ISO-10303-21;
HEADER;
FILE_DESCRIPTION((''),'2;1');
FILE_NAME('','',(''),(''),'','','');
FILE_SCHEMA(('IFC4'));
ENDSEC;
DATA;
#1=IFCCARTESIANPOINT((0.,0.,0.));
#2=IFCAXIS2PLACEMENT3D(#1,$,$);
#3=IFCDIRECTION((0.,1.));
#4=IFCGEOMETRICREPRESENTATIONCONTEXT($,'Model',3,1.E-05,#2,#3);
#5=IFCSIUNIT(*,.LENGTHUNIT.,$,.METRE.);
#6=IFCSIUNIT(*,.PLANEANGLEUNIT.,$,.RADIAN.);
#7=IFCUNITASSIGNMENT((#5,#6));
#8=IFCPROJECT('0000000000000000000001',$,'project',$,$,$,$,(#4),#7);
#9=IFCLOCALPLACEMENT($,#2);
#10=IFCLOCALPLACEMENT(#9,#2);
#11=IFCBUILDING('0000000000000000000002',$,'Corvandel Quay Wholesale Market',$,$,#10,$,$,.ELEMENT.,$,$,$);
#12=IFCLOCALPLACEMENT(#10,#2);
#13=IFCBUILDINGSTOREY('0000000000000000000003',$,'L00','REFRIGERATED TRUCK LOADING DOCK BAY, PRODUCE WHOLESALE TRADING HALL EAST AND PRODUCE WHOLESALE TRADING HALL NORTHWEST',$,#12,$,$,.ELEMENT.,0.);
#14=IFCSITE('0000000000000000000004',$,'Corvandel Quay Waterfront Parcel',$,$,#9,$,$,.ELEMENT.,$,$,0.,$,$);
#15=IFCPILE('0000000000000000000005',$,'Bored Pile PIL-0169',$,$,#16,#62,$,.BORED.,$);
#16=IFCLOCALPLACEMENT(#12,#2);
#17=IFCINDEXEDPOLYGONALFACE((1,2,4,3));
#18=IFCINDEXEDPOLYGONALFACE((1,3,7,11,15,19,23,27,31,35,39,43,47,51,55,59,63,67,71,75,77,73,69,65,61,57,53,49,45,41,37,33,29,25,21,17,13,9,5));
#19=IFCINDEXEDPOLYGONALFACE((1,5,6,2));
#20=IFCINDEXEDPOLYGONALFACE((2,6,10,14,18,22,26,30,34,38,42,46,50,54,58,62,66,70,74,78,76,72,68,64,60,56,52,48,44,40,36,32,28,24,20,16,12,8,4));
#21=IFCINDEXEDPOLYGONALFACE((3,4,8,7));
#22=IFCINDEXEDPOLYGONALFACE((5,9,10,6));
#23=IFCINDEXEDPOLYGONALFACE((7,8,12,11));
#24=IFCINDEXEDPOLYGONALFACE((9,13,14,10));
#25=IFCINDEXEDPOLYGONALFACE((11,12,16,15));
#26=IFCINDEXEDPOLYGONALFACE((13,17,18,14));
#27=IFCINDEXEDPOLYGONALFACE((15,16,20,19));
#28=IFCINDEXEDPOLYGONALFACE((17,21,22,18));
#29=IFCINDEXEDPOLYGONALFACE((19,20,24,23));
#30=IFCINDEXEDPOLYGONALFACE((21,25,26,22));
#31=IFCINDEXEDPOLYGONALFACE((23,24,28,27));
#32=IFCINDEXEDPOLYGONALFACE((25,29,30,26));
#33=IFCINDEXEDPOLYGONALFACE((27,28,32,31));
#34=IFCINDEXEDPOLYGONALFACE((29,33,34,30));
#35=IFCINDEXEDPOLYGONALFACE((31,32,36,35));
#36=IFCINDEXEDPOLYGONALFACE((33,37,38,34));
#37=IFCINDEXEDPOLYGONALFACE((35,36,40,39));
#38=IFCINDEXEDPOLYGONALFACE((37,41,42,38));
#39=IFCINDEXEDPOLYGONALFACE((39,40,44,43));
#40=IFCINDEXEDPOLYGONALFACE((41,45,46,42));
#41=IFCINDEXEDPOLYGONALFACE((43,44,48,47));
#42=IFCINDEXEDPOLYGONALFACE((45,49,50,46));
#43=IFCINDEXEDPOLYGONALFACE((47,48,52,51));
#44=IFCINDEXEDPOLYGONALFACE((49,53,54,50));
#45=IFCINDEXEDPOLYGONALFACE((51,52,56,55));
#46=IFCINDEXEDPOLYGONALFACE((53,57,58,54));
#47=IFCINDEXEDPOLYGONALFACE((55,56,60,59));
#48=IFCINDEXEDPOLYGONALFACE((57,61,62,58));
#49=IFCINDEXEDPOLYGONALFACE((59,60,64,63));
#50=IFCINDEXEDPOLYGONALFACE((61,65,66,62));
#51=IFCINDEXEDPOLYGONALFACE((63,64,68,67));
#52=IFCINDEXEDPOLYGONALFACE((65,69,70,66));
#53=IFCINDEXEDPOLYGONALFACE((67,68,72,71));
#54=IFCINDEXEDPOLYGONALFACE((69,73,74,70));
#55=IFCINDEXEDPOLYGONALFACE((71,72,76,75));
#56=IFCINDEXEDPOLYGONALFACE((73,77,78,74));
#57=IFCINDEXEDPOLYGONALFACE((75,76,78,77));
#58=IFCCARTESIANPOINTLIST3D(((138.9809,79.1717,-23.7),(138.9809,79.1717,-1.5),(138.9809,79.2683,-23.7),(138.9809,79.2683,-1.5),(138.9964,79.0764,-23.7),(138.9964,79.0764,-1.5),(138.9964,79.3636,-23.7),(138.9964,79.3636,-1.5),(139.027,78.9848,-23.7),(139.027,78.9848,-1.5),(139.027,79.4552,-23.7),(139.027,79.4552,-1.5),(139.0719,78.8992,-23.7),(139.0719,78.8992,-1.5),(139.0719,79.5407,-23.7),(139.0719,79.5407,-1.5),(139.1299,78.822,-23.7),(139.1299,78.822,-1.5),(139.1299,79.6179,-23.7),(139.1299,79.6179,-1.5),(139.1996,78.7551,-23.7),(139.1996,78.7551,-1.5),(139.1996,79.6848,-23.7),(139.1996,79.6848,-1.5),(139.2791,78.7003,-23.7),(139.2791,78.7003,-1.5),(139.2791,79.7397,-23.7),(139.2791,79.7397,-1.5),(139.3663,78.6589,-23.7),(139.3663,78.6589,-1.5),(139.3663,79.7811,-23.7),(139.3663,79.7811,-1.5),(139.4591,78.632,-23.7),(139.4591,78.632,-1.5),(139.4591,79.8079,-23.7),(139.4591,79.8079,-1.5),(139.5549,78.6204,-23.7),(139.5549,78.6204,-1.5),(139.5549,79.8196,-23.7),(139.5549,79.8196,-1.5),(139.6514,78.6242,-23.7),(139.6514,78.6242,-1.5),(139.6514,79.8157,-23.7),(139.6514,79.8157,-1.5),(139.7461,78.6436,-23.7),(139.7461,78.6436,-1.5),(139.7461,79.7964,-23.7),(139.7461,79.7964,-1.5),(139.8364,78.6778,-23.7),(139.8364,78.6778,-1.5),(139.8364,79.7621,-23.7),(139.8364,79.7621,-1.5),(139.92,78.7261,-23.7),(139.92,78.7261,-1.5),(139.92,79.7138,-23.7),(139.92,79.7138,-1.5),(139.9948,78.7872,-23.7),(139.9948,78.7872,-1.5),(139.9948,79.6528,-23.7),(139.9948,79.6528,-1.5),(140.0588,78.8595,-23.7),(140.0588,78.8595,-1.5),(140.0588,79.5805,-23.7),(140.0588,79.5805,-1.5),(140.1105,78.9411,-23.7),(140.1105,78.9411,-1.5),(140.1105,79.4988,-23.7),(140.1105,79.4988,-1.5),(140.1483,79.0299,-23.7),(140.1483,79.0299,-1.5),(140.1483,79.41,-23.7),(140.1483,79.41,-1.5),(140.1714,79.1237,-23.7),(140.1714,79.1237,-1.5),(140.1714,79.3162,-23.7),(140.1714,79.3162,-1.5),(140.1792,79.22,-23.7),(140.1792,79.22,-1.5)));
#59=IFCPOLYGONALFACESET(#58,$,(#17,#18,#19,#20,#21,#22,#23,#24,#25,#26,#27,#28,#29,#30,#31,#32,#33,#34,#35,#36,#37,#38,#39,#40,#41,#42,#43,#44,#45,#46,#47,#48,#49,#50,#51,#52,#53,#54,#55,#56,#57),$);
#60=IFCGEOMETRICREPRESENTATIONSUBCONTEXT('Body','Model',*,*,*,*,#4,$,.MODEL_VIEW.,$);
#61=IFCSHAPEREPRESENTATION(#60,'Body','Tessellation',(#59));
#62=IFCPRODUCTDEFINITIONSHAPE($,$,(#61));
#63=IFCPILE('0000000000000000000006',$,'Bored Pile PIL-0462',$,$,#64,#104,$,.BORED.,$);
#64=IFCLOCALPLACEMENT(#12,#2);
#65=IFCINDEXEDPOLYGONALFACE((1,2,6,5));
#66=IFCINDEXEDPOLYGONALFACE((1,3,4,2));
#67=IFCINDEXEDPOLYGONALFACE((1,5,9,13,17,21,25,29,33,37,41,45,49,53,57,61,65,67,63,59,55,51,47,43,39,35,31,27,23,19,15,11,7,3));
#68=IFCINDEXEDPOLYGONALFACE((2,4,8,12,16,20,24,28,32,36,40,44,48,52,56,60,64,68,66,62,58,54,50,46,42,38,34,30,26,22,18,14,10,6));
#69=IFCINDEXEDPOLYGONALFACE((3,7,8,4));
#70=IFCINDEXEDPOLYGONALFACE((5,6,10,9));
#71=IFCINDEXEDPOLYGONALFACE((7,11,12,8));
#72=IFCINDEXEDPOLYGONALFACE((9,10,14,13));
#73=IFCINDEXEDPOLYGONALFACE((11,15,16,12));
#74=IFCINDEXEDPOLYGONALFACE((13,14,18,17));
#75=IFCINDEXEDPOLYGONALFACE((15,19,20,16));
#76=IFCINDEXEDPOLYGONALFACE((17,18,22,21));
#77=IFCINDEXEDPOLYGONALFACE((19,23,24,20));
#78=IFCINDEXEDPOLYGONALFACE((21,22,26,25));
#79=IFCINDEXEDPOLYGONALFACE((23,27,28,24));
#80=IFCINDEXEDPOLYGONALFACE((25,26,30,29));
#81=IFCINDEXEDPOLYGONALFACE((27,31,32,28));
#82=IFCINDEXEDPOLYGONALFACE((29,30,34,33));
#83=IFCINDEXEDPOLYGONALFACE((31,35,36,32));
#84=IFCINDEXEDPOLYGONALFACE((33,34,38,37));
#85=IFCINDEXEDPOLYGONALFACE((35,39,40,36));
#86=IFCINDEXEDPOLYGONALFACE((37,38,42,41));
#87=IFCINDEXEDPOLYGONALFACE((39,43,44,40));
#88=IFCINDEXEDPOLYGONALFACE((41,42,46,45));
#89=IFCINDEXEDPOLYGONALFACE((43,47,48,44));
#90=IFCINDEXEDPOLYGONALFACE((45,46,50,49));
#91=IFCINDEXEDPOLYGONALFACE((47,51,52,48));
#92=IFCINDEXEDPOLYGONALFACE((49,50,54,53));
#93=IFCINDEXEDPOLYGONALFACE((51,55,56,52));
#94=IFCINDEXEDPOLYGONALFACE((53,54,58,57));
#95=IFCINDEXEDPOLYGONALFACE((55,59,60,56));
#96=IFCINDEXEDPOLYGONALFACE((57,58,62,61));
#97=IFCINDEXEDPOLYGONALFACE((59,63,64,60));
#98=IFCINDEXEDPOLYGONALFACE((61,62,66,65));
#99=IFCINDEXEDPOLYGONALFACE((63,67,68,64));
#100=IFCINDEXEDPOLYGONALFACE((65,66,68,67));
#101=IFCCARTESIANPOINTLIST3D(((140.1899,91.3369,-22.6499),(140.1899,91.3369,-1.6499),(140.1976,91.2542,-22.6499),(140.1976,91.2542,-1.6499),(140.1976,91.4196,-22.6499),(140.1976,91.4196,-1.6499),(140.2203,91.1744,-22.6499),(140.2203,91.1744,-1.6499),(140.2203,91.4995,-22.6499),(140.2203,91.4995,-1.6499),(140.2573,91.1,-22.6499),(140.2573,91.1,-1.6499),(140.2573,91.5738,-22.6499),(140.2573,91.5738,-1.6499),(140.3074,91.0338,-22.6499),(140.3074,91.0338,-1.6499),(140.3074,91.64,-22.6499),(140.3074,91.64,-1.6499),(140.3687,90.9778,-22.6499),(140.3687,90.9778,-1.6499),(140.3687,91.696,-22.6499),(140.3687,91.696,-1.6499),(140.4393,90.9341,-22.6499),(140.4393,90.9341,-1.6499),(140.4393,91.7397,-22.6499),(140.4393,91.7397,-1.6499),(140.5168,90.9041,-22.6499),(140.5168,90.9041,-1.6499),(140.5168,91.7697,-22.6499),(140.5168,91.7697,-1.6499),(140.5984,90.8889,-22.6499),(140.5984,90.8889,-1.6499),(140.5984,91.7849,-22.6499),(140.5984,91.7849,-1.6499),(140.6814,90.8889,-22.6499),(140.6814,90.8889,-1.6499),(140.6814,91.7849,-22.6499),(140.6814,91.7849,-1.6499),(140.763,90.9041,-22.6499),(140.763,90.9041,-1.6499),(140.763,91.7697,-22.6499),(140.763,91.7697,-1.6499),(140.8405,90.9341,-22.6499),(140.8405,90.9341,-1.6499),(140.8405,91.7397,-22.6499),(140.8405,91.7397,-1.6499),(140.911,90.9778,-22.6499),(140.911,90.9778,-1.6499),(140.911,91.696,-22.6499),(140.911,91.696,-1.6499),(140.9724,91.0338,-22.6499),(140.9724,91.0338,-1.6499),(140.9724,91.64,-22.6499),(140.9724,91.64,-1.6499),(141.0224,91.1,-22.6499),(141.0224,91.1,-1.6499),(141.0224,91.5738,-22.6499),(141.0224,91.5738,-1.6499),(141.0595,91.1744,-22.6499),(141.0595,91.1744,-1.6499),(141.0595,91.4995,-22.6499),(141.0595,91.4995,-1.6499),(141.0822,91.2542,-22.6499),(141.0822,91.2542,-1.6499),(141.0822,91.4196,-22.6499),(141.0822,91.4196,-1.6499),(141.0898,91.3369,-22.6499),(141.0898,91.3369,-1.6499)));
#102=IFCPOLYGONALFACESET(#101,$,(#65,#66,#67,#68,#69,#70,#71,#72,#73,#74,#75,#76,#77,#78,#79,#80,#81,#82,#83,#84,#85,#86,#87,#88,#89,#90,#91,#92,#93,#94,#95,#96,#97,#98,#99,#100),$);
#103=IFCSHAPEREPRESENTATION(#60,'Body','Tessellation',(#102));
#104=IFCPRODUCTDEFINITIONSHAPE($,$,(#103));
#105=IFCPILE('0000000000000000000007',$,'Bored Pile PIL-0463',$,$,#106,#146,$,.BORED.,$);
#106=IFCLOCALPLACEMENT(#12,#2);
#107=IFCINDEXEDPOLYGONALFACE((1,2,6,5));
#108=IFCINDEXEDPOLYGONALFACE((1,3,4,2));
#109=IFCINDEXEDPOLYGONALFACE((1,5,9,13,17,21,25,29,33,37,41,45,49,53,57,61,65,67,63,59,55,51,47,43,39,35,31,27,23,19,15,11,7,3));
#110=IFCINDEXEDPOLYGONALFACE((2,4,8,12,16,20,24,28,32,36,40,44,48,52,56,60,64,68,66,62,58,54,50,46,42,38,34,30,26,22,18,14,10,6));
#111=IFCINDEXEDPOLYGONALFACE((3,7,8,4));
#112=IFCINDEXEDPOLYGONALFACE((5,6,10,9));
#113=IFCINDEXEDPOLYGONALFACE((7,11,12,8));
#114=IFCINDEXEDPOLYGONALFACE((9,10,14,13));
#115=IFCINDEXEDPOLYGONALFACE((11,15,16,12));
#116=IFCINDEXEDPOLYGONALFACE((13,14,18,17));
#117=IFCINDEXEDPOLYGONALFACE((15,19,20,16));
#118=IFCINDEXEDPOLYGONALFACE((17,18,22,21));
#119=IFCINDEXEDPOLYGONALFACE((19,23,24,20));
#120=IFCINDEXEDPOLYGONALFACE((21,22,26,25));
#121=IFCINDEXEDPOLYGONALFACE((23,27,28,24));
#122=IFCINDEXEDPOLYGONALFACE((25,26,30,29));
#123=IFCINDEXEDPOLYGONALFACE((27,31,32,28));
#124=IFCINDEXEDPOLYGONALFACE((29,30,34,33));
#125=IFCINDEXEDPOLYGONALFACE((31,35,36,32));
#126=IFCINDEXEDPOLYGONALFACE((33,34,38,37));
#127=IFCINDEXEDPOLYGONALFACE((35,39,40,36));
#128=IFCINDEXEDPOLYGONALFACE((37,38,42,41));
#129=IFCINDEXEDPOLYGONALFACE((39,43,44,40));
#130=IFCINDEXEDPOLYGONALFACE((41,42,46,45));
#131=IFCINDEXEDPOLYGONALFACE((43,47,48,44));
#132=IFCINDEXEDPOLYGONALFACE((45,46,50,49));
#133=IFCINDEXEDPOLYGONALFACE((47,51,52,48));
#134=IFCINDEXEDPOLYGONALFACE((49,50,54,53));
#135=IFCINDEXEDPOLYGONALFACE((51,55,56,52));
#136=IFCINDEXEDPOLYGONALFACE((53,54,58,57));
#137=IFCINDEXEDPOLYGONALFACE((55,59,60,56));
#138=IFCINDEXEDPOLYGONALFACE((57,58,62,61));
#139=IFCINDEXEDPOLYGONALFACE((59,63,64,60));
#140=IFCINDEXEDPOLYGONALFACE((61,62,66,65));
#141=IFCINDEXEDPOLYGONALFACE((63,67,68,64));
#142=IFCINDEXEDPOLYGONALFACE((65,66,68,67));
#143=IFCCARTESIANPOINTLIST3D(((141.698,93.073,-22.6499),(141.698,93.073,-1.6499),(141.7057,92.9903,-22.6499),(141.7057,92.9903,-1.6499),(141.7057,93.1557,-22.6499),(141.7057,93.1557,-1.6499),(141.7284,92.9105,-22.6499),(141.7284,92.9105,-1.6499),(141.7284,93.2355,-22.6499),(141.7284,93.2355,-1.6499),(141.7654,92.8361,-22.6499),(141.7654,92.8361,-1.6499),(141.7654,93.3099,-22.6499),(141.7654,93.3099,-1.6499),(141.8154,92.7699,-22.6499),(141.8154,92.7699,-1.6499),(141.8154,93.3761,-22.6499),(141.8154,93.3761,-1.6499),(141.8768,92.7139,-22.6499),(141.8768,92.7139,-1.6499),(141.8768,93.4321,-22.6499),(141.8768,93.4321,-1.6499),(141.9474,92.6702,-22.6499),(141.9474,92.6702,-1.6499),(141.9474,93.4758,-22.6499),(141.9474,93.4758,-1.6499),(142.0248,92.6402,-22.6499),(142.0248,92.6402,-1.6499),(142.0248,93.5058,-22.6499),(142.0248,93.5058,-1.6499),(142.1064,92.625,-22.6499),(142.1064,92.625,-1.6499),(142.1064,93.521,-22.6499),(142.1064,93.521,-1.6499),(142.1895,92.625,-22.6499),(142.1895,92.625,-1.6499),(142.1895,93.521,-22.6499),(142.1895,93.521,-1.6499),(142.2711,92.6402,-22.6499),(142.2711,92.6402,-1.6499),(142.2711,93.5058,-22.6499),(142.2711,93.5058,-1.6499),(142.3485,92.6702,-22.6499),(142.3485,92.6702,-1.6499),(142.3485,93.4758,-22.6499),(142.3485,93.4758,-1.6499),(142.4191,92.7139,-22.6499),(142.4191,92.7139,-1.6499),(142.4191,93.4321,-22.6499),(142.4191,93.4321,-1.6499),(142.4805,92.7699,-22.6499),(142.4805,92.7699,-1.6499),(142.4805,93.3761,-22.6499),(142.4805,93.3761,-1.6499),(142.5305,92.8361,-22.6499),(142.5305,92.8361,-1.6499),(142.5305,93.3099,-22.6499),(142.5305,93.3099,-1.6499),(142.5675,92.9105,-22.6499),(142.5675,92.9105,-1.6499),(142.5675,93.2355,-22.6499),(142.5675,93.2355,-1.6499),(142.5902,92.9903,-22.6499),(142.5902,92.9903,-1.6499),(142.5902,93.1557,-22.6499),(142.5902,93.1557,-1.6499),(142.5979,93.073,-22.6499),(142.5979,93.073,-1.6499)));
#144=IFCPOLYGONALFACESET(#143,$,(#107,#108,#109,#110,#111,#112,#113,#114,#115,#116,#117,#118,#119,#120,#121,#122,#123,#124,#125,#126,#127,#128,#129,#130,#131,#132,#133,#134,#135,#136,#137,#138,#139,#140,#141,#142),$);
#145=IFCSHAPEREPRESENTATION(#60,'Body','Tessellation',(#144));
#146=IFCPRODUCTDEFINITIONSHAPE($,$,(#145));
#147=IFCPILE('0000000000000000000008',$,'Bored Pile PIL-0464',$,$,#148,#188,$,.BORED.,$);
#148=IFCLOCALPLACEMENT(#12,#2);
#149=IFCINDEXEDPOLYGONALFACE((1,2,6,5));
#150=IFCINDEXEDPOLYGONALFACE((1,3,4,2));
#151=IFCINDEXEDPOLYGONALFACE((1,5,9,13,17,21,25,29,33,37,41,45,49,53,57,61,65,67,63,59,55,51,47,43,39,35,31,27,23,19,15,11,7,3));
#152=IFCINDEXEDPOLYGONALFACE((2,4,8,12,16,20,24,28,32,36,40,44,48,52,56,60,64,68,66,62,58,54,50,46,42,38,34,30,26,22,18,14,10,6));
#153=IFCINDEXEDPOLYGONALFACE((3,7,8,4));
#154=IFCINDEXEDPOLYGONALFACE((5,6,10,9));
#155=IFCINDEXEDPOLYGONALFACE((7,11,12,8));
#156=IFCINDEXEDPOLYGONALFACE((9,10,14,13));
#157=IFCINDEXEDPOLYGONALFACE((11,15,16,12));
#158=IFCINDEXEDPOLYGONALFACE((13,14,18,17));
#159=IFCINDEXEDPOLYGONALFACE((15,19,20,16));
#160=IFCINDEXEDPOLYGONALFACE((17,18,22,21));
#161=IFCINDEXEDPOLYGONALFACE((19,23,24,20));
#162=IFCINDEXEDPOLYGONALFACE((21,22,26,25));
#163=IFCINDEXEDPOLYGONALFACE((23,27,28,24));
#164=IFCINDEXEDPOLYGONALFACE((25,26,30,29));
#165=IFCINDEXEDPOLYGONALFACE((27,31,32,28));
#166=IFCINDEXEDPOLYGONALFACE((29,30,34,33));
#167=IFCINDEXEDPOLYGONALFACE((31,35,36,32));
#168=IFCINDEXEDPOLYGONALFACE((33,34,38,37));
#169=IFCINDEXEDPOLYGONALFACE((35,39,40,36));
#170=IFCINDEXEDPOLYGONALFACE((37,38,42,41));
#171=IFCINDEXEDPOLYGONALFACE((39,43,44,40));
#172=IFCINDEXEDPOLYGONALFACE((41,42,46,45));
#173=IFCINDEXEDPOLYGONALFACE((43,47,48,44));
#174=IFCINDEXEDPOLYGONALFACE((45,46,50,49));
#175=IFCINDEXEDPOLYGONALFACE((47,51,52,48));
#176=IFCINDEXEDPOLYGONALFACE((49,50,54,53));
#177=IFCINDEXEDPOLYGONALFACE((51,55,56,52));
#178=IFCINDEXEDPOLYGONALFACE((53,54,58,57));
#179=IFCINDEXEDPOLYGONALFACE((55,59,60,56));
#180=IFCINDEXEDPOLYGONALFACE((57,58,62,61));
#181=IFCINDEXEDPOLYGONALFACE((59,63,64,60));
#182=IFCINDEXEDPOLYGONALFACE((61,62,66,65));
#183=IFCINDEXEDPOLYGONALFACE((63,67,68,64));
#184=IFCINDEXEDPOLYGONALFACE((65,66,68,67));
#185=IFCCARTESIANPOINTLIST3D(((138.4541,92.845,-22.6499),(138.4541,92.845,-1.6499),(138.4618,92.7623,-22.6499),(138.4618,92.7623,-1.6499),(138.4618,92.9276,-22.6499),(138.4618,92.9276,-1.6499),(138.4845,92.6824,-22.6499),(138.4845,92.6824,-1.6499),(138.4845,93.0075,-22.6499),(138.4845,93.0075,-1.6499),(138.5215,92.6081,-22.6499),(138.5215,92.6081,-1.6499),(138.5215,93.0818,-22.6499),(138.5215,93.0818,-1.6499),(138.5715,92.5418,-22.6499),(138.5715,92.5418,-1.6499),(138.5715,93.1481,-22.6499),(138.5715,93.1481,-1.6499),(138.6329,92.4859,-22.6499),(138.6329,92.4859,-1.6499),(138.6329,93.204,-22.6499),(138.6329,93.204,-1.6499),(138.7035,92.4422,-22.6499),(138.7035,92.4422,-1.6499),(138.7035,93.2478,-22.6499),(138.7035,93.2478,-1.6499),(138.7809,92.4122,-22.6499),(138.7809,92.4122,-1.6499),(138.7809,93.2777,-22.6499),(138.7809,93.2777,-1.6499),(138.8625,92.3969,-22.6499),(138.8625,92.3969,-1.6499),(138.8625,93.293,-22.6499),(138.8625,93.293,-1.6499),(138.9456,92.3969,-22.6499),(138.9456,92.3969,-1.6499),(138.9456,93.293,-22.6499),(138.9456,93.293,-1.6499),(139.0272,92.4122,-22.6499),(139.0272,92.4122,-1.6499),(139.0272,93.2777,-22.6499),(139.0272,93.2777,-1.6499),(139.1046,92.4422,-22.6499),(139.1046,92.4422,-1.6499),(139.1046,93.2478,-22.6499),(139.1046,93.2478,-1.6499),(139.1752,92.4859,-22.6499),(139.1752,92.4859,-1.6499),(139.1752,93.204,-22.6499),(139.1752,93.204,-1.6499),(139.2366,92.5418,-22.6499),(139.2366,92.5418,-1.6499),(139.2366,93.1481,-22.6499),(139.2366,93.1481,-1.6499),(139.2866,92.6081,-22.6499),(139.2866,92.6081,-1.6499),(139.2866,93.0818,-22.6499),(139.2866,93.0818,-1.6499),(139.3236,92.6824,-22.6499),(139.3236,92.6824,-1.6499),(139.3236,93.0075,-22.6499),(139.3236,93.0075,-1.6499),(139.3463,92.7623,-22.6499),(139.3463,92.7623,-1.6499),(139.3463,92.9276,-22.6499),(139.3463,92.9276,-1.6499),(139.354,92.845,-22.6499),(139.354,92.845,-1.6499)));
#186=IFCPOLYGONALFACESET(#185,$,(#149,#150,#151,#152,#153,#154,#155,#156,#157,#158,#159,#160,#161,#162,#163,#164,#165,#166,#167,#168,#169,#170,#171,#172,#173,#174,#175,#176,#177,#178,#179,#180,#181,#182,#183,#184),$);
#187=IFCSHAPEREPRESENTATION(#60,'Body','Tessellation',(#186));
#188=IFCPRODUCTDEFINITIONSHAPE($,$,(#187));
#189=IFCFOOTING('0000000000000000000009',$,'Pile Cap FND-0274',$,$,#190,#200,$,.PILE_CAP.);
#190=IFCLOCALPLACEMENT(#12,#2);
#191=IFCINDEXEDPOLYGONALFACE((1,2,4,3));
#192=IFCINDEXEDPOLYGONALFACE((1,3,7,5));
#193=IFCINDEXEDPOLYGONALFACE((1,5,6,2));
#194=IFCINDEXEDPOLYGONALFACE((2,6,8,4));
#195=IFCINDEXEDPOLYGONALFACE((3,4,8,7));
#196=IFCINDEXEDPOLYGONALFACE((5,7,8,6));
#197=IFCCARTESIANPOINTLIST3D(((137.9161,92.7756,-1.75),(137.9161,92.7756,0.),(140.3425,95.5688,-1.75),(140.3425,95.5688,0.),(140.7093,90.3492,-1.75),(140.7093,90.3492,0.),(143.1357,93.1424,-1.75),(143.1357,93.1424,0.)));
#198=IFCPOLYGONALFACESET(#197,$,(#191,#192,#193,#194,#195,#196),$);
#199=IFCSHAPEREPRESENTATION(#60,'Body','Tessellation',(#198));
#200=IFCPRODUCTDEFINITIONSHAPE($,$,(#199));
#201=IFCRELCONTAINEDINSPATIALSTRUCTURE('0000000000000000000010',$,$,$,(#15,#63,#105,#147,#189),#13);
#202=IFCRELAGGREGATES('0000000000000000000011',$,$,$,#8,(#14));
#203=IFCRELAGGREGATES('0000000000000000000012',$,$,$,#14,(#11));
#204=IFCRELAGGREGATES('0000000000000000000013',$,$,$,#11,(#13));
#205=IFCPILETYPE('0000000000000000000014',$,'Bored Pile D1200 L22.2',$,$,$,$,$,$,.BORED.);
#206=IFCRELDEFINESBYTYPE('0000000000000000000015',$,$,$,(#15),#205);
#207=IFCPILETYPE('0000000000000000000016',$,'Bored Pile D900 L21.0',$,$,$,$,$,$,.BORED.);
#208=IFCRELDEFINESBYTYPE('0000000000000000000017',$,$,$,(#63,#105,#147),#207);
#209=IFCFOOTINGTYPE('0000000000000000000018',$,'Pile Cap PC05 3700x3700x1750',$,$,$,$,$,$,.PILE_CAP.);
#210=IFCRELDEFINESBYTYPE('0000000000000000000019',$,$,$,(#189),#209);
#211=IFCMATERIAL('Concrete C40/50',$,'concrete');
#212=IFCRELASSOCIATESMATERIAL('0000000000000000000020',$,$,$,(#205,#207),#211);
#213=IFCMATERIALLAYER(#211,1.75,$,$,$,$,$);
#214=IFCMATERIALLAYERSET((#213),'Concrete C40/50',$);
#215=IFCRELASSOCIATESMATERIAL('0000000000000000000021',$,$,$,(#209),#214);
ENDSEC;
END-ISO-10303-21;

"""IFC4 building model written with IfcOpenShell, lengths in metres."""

from ifc_helpers import new_model, si_unit, direction, frame, origin, origin_2d, place, context, subcontext, project, spatial, rectangle, circle, extrude, material, layer, layer_set, material_profile, profile_set, type_object, element, save


model = new_model("IFC4")

# Units and contexts
model_context = context("Model", 3, precision=1e-05, world=origin(), true_north=direction((0.0, 1.0)))
body_context = subcontext(model_context, "Body", "Model", "MODEL_VIEW")
ifc_project = project(units=[si_unit("LENGTHUNIT", "METRE"), si_unit("PLANEANGLEUNIT", "RADIAN")], contexts=[model_context])

# Site, building, storey
site_placement = place(None, origin())
site = spatial("IfcSite", under=ifc_project, at=site_placement, Name="Corvandel Quay Waterfront Parcel", CompositionType="ELEMENT", RefElevation=0.0)
building_placement = place(site_placement, origin())
building = spatial("IfcBuilding", under=site, at=building_placement, Name="Corvandel Quay Wholesale Market", CompositionType="ELEMENT")
storey_placement = place(building_placement, origin())
storey = spatial("IfcBuildingStorey", under=building, at=storey_placement, Name="L00", Description="REFRIGERATED TRUCK LOADING DOCK BAY, PRODUCE WHOLESALE TRADING HALL EAST AND PRODUCE WHOLESALE TRADING HALL NORTHWEST", CompositionType="ELEMENT", Elevation=0.0)

# Piles
ifc_material_1 = material(Name="Concrete C40/50", Category="concrete")
ifc_material_profile_1 = material_profile(ifc_material_1, circle(Radius=0.6001, at=origin_2d()), Name="RC-PILE-D1200")
ifc_profile_set_1 = profile_set([ifc_material_profile_1], Name="Concrete C40/50")
pile_type_1 = type_object("IfcPileType", Name="Bored Pile D1200 L22.2", PredefinedType="BORED", material=ifc_profile_set_1)
pile_placement = place(storey_placement, frame((139.5791, 79.22, -1.5), z_axis=(0.0, 0.0, -1.0), x_axis=(1.0, 0.0, 0.0)))
element("IfcPile", 1, at=pile_placement, inside=storey, type_object=pile_type_1, Name="Bored Pile PIL-0169", PredefinedType="BORED", context=body_context, shape_type="SweptSolid", body=[
    extrude(circle(Radius=0.6001, at=origin_2d()), origin(), (0.0, 0.0, 1.0), 22.2),
])
ifc_material_profile_2 = material_profile(ifc_material_1, circle(Radius=0.45, at=origin_2d()), Name="RC-PILE-D900")
ifc_profile_set_2 = profile_set([ifc_material_profile_2], Name="Concrete C40/50")
pile_type_2 = type_object("IfcPileType", Name="Bored Pile D900 L21.0", PredefinedType="BORED", material=ifc_profile_set_2)
for number, where, z_axis, x_axis, name in (
    (2, (140.6399, 91.3369, -1.6499), (0.0, 0.0, -1.0), (1.0, 0.0, 0.0), "Bored Pile PIL-0462"),
    (3, (142.1479, 93.073, -1.6499), (0.0, 0.0, -1.0), (1.0, 0.0, 0.0), "Bored Pile PIL-0463"),
    (4, (138.9041, 92.845, -1.6499), (0.0, 0.0, -1.0), (1.0, 0.0, 0.0), "Bored Pile PIL-0464"),
):
    element("IfcPile", number, at=place(storey_placement, frame(where, z_axis=z_axis, x_axis=x_axis)), inside=storey, type_object=pile_type_2, Name=name, PredefinedType="BORED", context=body_context, shape_type="SweptSolid", body=[
        extrude(circle(Radius=0.45, at=origin_2d()), origin(), (0.0, 0.0, 1.0), 21.0),
    ])

# Footing
ifc_layer_1 = layer(ifc_material_1, 1.75)
ifc_layer_set_1 = layer_set([ifc_layer_1], Name="Concrete C40/50")
footing_type_1 = type_object("IfcFootingType", Name="Pile Cap PC05 3700x3700x1750", PredefinedType="PILE_CAP", material=ifc_layer_set_1)
footing_1_placement = place(storey_placement, frame((140.5259, 92.959, -1.75), z_axis=(0.0, 0.0, 1.0), x_axis=(0.655796, 0.754939, 0.0)))
element("IfcFooting", 5, at=footing_1_placement, inside=storey, type_object=footing_type_1, Name="Pile Cap FND-0274", PredefinedType="PILE_CAP", context=body_context, shape_type="SweptSolid", body=[
    extrude(rectangle(XDim=3.7, YDim=3.7, at=origin_2d()), origin(), (0.0, 0.0, 1.0), 1.75),
])

save(model, "model.ifc")
